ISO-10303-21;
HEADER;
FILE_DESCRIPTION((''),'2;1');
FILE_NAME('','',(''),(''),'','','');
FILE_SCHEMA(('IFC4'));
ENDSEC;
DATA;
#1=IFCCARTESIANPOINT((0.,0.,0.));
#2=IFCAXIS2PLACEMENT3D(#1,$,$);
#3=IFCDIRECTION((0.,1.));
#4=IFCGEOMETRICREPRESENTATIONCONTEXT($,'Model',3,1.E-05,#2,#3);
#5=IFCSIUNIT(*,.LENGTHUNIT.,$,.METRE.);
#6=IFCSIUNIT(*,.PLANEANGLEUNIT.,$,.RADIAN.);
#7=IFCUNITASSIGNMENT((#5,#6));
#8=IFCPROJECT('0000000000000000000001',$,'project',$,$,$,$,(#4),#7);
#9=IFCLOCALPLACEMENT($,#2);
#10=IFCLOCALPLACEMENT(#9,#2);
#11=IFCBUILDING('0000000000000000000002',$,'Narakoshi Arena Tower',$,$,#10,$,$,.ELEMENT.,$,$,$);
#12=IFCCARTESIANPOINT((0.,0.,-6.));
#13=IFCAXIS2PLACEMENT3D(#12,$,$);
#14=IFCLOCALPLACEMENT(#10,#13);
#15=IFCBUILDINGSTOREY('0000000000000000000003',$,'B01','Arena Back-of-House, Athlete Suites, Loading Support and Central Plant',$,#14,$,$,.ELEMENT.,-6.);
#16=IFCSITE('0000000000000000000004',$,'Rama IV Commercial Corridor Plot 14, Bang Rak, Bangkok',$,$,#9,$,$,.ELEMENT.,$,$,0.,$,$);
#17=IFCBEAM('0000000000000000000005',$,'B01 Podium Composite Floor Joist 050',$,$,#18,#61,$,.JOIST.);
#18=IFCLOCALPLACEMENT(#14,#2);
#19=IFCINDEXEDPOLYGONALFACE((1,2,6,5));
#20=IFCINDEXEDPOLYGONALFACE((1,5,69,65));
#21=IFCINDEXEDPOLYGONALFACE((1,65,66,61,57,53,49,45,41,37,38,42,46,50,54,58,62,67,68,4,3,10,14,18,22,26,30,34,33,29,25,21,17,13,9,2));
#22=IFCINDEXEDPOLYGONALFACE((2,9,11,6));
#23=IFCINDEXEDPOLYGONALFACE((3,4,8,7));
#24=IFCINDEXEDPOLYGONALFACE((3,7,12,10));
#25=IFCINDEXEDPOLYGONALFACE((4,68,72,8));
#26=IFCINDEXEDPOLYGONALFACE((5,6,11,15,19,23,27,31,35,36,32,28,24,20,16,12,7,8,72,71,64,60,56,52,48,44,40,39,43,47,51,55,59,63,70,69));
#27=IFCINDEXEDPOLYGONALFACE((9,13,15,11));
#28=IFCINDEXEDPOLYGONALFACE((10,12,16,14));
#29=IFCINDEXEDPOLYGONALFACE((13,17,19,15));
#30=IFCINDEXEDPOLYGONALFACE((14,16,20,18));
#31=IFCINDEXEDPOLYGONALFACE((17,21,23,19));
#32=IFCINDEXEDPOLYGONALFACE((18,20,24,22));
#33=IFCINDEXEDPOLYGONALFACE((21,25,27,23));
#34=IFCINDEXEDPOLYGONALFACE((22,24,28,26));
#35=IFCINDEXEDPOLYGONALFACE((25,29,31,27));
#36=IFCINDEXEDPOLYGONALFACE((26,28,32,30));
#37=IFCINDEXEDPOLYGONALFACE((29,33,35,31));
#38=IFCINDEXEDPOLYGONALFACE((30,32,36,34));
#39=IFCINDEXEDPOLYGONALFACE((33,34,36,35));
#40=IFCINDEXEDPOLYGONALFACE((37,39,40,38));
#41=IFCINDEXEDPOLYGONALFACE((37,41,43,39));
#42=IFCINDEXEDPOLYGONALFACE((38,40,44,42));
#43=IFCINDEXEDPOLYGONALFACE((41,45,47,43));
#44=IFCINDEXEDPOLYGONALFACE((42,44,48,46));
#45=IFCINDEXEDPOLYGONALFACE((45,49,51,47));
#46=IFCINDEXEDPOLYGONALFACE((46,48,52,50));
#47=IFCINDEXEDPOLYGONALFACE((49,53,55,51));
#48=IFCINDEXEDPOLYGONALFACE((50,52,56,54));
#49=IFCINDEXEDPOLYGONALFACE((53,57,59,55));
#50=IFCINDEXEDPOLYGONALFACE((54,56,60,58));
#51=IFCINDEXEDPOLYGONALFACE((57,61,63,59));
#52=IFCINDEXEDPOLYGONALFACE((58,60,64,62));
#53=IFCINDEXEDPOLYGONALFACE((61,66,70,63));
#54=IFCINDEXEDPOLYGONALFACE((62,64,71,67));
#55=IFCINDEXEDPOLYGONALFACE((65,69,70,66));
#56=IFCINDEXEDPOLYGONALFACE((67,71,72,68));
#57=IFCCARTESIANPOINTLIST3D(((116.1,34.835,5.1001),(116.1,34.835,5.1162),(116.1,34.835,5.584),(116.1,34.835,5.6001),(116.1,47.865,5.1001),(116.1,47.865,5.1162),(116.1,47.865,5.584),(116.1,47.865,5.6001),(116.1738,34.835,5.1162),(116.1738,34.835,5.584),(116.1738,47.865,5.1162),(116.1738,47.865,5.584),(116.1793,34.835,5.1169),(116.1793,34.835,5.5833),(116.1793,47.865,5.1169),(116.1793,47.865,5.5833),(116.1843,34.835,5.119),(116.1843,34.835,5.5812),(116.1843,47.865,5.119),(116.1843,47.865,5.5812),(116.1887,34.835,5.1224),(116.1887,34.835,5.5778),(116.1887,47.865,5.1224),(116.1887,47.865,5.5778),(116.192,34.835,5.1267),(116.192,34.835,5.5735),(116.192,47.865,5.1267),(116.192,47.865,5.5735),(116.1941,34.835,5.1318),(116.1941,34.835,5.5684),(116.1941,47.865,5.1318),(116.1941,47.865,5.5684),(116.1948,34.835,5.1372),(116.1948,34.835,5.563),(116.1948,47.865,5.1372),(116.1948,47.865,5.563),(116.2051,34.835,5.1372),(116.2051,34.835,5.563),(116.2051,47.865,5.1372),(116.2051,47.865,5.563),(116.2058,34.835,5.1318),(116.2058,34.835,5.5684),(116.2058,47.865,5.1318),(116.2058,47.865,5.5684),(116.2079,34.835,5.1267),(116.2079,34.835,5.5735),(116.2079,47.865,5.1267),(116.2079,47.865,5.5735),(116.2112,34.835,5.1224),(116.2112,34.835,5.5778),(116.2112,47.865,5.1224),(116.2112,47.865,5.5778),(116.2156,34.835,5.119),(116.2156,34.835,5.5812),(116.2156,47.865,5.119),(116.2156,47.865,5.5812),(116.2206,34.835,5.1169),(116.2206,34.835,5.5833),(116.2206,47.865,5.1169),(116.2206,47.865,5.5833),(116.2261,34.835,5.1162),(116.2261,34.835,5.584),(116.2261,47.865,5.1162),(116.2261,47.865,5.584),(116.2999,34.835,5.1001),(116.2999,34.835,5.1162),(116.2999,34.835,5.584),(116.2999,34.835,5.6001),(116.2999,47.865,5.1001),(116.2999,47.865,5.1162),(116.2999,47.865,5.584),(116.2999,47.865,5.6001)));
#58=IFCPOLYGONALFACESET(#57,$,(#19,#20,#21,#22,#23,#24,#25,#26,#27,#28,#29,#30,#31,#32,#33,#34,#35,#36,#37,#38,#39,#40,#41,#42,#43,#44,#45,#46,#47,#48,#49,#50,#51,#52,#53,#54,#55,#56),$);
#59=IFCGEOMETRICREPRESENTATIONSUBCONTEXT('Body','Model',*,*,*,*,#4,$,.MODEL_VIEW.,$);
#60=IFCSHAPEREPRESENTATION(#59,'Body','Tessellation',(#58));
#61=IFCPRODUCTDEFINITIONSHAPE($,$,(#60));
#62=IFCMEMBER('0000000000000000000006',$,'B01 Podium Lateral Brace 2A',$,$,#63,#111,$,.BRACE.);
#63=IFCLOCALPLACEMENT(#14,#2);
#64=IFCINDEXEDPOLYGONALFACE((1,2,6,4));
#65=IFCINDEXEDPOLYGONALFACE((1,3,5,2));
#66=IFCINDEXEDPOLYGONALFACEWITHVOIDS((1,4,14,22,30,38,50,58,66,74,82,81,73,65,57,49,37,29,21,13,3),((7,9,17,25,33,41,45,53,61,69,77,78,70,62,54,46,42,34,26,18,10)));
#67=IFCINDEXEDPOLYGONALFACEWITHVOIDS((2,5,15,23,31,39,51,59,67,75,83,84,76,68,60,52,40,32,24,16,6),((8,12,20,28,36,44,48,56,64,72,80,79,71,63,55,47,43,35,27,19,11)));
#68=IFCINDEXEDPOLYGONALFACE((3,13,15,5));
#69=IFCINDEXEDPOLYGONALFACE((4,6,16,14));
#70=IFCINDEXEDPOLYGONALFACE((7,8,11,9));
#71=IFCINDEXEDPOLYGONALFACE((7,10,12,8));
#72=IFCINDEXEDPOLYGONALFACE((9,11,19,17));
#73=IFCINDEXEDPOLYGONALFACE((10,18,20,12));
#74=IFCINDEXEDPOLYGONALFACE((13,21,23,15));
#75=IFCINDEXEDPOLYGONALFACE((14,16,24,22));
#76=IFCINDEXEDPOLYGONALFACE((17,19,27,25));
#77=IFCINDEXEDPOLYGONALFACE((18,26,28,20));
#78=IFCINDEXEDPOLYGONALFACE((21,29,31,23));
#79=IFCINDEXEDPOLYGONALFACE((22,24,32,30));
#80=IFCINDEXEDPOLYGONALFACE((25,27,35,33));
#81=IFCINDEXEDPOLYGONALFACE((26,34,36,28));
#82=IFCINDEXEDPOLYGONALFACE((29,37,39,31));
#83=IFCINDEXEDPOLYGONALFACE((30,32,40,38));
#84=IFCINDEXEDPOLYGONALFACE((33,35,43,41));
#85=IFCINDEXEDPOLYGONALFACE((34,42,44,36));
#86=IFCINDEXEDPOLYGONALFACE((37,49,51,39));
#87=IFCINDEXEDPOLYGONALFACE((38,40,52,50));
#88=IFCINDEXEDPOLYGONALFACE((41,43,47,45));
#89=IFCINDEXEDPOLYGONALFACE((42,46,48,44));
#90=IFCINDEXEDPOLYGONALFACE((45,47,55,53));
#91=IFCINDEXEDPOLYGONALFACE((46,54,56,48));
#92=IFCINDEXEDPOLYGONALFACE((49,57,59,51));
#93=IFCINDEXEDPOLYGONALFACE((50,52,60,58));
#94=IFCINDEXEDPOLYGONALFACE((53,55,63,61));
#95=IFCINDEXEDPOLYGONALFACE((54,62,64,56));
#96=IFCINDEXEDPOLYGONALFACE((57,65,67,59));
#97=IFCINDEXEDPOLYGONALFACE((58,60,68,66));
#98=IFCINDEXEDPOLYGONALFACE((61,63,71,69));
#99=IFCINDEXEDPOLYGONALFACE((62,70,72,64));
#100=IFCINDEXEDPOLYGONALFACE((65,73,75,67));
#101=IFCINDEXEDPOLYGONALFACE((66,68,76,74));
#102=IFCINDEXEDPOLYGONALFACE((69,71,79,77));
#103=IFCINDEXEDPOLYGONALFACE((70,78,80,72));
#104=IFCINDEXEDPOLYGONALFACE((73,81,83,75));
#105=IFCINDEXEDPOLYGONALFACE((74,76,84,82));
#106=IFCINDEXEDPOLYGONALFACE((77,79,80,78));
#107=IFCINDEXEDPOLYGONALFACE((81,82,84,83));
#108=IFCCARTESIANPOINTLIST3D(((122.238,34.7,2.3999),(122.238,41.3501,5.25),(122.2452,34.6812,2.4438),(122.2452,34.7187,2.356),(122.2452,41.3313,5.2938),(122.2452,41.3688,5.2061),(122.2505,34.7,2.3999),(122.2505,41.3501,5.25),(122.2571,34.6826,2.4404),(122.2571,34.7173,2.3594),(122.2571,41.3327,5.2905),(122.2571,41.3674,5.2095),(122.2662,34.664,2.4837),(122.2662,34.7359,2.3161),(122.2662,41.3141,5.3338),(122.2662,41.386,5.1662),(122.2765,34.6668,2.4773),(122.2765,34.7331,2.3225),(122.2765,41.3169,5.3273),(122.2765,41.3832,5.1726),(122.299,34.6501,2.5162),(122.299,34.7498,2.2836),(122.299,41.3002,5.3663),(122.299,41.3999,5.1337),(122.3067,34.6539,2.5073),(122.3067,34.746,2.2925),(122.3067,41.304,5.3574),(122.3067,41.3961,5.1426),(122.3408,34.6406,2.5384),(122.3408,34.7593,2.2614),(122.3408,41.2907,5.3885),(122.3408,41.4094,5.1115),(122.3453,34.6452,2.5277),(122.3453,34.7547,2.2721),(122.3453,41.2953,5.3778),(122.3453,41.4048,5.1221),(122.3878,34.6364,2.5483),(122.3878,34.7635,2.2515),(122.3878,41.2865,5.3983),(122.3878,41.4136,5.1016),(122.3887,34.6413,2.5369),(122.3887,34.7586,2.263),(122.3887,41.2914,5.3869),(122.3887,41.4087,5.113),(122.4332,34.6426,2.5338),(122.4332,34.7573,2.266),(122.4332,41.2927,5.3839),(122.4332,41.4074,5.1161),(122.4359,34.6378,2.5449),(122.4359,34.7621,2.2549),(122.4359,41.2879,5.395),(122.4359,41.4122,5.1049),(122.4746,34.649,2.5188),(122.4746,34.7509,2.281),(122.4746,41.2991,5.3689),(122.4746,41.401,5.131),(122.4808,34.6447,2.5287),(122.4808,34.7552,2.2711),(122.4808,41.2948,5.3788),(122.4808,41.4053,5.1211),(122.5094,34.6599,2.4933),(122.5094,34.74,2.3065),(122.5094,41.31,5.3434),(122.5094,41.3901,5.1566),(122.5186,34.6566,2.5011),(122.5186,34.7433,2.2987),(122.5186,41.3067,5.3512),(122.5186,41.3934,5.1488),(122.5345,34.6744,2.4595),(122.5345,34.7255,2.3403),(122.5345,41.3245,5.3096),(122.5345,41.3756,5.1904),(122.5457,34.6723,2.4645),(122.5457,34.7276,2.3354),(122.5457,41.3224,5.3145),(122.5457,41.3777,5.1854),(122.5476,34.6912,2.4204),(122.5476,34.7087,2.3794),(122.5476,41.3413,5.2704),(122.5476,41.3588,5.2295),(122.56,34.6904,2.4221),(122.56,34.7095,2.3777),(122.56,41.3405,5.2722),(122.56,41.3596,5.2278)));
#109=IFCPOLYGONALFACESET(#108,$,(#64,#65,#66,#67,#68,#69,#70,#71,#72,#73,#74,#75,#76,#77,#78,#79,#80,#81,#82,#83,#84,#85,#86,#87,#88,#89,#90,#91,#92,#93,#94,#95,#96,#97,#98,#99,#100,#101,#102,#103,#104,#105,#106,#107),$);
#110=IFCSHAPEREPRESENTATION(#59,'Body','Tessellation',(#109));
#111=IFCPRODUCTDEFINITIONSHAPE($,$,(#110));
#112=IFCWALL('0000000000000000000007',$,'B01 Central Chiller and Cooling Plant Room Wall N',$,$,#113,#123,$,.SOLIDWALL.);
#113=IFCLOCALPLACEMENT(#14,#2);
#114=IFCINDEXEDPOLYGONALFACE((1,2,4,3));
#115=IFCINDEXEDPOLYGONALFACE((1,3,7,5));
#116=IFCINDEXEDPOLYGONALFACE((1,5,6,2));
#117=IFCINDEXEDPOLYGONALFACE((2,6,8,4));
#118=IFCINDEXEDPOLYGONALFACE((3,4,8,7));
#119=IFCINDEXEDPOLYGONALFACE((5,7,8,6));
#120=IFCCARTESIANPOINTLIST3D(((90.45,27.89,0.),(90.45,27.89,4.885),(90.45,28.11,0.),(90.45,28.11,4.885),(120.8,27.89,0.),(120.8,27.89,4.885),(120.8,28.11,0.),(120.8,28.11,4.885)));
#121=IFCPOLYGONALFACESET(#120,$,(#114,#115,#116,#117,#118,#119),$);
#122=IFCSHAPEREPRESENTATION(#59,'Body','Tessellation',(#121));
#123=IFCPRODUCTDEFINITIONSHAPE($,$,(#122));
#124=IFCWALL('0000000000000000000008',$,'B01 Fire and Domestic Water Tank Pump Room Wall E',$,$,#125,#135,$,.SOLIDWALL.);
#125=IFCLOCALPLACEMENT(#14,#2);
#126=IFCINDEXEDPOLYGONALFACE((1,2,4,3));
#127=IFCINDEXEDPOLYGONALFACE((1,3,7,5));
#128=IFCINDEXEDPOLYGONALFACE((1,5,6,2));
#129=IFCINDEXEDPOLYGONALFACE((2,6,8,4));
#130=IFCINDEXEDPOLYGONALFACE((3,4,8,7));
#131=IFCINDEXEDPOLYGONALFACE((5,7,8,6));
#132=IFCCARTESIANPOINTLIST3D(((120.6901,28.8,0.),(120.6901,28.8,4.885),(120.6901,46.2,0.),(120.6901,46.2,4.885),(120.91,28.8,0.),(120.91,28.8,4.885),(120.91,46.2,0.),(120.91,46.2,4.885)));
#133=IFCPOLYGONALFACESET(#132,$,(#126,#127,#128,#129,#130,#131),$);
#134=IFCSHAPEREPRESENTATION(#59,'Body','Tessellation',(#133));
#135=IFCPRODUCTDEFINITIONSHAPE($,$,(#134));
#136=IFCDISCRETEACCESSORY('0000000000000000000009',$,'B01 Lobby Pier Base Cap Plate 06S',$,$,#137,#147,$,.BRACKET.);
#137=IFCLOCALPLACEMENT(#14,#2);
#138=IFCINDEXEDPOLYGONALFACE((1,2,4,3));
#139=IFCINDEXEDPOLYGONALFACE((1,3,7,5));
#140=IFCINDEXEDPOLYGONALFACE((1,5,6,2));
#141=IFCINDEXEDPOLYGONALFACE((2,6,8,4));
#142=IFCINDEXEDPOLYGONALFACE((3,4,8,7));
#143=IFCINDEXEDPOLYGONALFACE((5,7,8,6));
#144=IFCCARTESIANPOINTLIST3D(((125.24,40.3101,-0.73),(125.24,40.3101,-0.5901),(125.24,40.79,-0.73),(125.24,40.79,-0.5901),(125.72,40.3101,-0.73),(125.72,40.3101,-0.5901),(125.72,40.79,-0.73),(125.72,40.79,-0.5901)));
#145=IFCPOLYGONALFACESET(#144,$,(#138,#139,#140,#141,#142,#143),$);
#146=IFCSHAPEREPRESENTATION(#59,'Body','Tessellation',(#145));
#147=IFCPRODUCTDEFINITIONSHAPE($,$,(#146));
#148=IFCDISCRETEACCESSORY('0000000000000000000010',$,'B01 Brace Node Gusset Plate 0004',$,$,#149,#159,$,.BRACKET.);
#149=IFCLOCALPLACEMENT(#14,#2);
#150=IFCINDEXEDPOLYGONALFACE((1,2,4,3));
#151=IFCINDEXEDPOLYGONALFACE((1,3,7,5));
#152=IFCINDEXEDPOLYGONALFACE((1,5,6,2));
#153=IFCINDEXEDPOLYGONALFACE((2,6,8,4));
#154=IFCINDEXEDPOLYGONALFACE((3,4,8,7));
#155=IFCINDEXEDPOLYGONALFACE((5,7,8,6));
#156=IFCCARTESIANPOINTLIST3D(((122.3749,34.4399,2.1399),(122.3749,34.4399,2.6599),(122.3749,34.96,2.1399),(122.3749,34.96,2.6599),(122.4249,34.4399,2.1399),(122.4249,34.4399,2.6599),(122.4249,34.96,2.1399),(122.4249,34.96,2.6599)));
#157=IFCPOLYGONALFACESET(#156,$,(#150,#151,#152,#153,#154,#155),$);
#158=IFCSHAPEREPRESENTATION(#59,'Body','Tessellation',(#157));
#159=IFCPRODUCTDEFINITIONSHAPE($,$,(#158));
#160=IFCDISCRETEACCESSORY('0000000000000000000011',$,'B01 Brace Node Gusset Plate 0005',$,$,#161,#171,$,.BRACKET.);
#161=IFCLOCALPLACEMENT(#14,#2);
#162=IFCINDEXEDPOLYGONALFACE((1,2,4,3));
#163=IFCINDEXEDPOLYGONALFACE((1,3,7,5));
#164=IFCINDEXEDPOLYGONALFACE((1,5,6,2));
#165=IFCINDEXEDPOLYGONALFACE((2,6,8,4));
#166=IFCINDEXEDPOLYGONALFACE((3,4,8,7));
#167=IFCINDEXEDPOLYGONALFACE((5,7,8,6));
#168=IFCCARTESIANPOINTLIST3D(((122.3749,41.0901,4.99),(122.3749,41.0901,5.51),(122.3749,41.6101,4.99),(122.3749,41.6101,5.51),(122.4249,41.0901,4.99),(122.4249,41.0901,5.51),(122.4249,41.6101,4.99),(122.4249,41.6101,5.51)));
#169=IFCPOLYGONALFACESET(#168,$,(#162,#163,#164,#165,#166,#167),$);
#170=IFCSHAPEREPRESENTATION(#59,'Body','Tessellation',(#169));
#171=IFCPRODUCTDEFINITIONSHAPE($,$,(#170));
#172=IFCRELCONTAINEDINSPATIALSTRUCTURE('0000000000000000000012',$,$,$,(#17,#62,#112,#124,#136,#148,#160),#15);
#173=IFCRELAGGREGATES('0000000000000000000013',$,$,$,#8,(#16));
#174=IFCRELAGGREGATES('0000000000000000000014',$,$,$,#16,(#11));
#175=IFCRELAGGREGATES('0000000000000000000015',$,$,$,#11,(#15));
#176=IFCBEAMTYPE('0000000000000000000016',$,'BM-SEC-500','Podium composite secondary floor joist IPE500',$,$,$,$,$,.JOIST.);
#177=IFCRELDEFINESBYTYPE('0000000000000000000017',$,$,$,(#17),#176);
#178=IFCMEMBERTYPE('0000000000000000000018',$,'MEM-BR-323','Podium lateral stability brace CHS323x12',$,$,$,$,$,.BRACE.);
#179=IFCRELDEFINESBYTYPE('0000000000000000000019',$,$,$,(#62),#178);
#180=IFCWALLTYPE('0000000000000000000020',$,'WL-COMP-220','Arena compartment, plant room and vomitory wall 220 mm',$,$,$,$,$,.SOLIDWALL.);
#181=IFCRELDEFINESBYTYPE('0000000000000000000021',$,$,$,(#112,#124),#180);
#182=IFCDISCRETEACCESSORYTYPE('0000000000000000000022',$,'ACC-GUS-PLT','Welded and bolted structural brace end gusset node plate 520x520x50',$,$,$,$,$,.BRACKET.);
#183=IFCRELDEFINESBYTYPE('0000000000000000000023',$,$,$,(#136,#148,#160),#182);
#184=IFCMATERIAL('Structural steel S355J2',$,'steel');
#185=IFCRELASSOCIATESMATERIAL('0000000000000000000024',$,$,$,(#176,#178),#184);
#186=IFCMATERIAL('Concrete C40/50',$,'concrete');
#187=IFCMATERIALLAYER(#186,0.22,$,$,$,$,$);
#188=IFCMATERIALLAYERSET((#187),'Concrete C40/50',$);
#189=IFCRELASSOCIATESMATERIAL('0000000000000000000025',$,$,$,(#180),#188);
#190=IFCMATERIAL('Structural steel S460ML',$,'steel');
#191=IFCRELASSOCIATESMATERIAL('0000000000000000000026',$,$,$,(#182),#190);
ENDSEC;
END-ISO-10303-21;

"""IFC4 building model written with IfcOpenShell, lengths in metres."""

from ifc_helpers import new_model, si_unit, direction, frame, frame_2d, origin, origin_2d, place, context, subcontext, project, spatial, rectangle, hollow_circle, i_section, extrude, material, layer, layer_set, material_profile, profile_set, type_object, element, save


model = new_model("IFC4")

# Units and contexts
model_context = context("Model", 3, precision=1e-05, world=origin(), true_north=direction((0.0, 1.0)))
body_context = subcontext(model_context, "Body", "Model", "MODEL_VIEW")
ifc_project = project(units=[si_unit("LENGTHUNIT", "METRE"), si_unit("PLANEANGLEUNIT", "RADIAN")], contexts=[model_context])

# Site, building, storey
site_placement = place(None, origin())
site = spatial("IfcSite", under=ifc_project, at=site_placement, Name="Rama IV Commercial Corridor Plot 14, Bang Rak, Bangkok", CompositionType="ELEMENT", RefElevation=0.0)
building_placement = place(site_placement, origin())
building = spatial("IfcBuilding", under=site, at=building_placement, Name="Narakoshi Arena Tower", CompositionType="ELEMENT")
storey_placement = place(building_placement, frame((0.0, 0.0, -6.0)))
storey = spatial("IfcBuildingStorey", under=building, at=storey_placement, Name="B01", Description="Arena Back-of-House, Athlete Suites, Loading Support and Central Plant", CompositionType="ELEMENT", Elevation=-6.0)

# Shared definitions
ifc_material_1 = material(Name="Concrete C40/50", Category="concrete")

# Shared definitions
ifc_material_2 = material(Name="Structural steel S355J2", Category="steel")

# Beam
ifc_material_profile_1 = material_profile(ifc_material_2, i_section(OverallWidth=0.2, OverallDepth=0.5, WebThickness=0.0103, FlangeThickness=0.0161, FilletRadius=0.021, at=origin_2d()), Name="IPE500")
ifc_profile_set_1 = profile_set([ifc_material_profile_1], Name="Structural steel S355J2")
beam_type_1 = type_object("IfcBeamType", Name="BM-SEC-500", Description="Podium composite secondary floor joist IPE500", PredefinedType="JOIST", material=ifc_profile_set_1)
beam_1_placement = place(storey_placement, frame((116.2, 34.835, 5.3501), z_axis=(0.0, 1.0, 0.0), x_axis=(-1.0, 0.0, 0.0)))
element("IfcBeam", 1, at=beam_1_placement, inside=storey, type_object=beam_type_1, Name="B01 Podium Composite Floor Joist 050", PredefinedType="JOIST", context=body_context, shape_type="SweptSolid", body=[
    extrude(i_section(OverallWidth=0.2, OverallDepth=0.5, WebThickness=0.0103, FlangeThickness=0.0161, FilletRadius=0.021, at=origin_2d()), origin(), (0.0, 0.0, 1.0), 13.03),
])

# Member
ifc_material_profile_2 = material_profile(ifc_material_2, hollow_circle(Radius=0.1619, WallThickness=0.0125, at=origin_2d()), Name="CHS323x12")
ifc_profile_set_2 = profile_set([ifc_material_profile_2], Name="Structural steel S355J2")
member_type = type_object("IfcMemberType", Name="MEM-BR-323", Description="Podium lateral stability brace CHS323x12", PredefinedType="BRACE", material=ifc_profile_set_2)
member_placement = place(storey_placement, frame((122.3999, 34.7, 2.3999), z_axis=(0.0, 0.919143, 0.393923), x_axis=(-1.0, 0.0, 0.0)))
element("IfcMember", 2, at=member_placement, inside=storey, type_object=member_type, Name="B01 Podium Lateral Brace 2A", PredefinedType="BRACE", context=body_context, shape_type="SweptSolid", body=[
    extrude(hollow_circle(Radius=0.1619, WallThickness=0.0125, at=origin_2d()), origin(), (0.0, 0.0, 1.0), 7.2351),
])

# Walls
ifc_layer_1 = layer(ifc_material_1, 0.22)
ifc_layer_set_1 = layer_set([ifc_layer_1], Name="Concrete C40/50")
wall_type = type_object("IfcWallType", Name="WL-COMP-220", Description="Arena compartment, plant room and vomitory wall 220 mm", PredefinedType="SOLIDWALL", material=ifc_layer_set_1)
wall_1_placement = place(storey_placement, frame((120.8, 28.0, 0.0), z_axis=(0.0, 0.0, 1.0), x_axis=(-1.0, 0.0, 0.0)))
element("IfcWall", 3, at=wall_1_placement, inside=storey, type_object=wall_type, Name="B01 Central Chiller and Cooling Plant Room Wall N", PredefinedType="SOLIDWALL", context=body_context, shape_type="SweptSolid", body=[
    extrude(rectangle(XDim=30.3501, YDim=0.22, at=frame_2d((15.175, 0.0))), origin(), (0.0, 0.0, 1.0), 4.885),
])
wall_2_placement = place(storey_placement, frame((120.8, 28.8, 0.0), z_axis=(0.0, 0.0, 1.0), x_axis=(0.0, 1.0, 0.0)))
element("IfcWall", 4, at=wall_2_placement, inside=storey, type_object=wall_type, Name="B01 Fire and Domestic Water Tank Pump Room Wall E", PredefinedType="SOLIDWALL", context=body_context, shape_type="SweptSolid", body=[
    extrude(rectangle(XDim=17.3999, YDim=0.22, at=frame_2d((8.7, 0.0))), origin(), (0.0, 0.0, 1.0), 4.885),
])

# Discrete accessories
ifc_material_3 = material(Name="Structural steel S460ML", Category="steel")
discrete_accessory_type = type_object("IfcDiscreteAccessoryType", Name="ACC-GUS-PLT", Description="Welded and bolted structural brace end gusset node plate 520x520x50", PredefinedType="BRACKET", material=ifc_material_3)
discrete_accessory_placement = place(storey_placement, frame((125.48, 40.55, -0.73), z_axis=(0.0, 0.0, 1.0), x_axis=(1.0, 0.0, 0.0)))
element("IfcDiscreteAccessory", 5, at=discrete_accessory_placement, inside=storey, type_object=discrete_accessory_type, Name="B01 Lobby Pier Base Cap Plate 06S", PredefinedType="BRACKET", context=body_context, shape_type="SweptSolid", body=[
    extrude(rectangle(XDim=0.48, YDim=0.48, at=origin_2d()), origin(), (0.0, 0.0, 1.0), 0.1399),
])
for number, where, z_axis, x_axis, name in (
    (6, (122.3999, 34.7, 2.1399), (0.0, 0.0, 1.0), (0.0, 1.0, 0.0), "B01 Brace Node Gusset Plate 0004"),
    (7, (122.3999, 41.3501, 4.99), (0.0, 0.0, 1.0), (0.0, 1.0, 0.0), "B01 Brace Node Gusset Plate 0005"),
):
    element("IfcDiscreteAccessory", number, at=place(storey_placement, frame(where, z_axis=z_axis, x_axis=x_axis)), inside=storey, type_object=discrete_accessory_type, Name=name, PredefinedType="BRACKET", context=body_context, shape_type="SweptSolid", body=[
        extrude(rectangle(XDim=0.52, YDim=0.05, at=origin_2d()), origin(), (0.0, 0.0, 1.0), 0.52),
    ])

save(model, "model.ifc")
